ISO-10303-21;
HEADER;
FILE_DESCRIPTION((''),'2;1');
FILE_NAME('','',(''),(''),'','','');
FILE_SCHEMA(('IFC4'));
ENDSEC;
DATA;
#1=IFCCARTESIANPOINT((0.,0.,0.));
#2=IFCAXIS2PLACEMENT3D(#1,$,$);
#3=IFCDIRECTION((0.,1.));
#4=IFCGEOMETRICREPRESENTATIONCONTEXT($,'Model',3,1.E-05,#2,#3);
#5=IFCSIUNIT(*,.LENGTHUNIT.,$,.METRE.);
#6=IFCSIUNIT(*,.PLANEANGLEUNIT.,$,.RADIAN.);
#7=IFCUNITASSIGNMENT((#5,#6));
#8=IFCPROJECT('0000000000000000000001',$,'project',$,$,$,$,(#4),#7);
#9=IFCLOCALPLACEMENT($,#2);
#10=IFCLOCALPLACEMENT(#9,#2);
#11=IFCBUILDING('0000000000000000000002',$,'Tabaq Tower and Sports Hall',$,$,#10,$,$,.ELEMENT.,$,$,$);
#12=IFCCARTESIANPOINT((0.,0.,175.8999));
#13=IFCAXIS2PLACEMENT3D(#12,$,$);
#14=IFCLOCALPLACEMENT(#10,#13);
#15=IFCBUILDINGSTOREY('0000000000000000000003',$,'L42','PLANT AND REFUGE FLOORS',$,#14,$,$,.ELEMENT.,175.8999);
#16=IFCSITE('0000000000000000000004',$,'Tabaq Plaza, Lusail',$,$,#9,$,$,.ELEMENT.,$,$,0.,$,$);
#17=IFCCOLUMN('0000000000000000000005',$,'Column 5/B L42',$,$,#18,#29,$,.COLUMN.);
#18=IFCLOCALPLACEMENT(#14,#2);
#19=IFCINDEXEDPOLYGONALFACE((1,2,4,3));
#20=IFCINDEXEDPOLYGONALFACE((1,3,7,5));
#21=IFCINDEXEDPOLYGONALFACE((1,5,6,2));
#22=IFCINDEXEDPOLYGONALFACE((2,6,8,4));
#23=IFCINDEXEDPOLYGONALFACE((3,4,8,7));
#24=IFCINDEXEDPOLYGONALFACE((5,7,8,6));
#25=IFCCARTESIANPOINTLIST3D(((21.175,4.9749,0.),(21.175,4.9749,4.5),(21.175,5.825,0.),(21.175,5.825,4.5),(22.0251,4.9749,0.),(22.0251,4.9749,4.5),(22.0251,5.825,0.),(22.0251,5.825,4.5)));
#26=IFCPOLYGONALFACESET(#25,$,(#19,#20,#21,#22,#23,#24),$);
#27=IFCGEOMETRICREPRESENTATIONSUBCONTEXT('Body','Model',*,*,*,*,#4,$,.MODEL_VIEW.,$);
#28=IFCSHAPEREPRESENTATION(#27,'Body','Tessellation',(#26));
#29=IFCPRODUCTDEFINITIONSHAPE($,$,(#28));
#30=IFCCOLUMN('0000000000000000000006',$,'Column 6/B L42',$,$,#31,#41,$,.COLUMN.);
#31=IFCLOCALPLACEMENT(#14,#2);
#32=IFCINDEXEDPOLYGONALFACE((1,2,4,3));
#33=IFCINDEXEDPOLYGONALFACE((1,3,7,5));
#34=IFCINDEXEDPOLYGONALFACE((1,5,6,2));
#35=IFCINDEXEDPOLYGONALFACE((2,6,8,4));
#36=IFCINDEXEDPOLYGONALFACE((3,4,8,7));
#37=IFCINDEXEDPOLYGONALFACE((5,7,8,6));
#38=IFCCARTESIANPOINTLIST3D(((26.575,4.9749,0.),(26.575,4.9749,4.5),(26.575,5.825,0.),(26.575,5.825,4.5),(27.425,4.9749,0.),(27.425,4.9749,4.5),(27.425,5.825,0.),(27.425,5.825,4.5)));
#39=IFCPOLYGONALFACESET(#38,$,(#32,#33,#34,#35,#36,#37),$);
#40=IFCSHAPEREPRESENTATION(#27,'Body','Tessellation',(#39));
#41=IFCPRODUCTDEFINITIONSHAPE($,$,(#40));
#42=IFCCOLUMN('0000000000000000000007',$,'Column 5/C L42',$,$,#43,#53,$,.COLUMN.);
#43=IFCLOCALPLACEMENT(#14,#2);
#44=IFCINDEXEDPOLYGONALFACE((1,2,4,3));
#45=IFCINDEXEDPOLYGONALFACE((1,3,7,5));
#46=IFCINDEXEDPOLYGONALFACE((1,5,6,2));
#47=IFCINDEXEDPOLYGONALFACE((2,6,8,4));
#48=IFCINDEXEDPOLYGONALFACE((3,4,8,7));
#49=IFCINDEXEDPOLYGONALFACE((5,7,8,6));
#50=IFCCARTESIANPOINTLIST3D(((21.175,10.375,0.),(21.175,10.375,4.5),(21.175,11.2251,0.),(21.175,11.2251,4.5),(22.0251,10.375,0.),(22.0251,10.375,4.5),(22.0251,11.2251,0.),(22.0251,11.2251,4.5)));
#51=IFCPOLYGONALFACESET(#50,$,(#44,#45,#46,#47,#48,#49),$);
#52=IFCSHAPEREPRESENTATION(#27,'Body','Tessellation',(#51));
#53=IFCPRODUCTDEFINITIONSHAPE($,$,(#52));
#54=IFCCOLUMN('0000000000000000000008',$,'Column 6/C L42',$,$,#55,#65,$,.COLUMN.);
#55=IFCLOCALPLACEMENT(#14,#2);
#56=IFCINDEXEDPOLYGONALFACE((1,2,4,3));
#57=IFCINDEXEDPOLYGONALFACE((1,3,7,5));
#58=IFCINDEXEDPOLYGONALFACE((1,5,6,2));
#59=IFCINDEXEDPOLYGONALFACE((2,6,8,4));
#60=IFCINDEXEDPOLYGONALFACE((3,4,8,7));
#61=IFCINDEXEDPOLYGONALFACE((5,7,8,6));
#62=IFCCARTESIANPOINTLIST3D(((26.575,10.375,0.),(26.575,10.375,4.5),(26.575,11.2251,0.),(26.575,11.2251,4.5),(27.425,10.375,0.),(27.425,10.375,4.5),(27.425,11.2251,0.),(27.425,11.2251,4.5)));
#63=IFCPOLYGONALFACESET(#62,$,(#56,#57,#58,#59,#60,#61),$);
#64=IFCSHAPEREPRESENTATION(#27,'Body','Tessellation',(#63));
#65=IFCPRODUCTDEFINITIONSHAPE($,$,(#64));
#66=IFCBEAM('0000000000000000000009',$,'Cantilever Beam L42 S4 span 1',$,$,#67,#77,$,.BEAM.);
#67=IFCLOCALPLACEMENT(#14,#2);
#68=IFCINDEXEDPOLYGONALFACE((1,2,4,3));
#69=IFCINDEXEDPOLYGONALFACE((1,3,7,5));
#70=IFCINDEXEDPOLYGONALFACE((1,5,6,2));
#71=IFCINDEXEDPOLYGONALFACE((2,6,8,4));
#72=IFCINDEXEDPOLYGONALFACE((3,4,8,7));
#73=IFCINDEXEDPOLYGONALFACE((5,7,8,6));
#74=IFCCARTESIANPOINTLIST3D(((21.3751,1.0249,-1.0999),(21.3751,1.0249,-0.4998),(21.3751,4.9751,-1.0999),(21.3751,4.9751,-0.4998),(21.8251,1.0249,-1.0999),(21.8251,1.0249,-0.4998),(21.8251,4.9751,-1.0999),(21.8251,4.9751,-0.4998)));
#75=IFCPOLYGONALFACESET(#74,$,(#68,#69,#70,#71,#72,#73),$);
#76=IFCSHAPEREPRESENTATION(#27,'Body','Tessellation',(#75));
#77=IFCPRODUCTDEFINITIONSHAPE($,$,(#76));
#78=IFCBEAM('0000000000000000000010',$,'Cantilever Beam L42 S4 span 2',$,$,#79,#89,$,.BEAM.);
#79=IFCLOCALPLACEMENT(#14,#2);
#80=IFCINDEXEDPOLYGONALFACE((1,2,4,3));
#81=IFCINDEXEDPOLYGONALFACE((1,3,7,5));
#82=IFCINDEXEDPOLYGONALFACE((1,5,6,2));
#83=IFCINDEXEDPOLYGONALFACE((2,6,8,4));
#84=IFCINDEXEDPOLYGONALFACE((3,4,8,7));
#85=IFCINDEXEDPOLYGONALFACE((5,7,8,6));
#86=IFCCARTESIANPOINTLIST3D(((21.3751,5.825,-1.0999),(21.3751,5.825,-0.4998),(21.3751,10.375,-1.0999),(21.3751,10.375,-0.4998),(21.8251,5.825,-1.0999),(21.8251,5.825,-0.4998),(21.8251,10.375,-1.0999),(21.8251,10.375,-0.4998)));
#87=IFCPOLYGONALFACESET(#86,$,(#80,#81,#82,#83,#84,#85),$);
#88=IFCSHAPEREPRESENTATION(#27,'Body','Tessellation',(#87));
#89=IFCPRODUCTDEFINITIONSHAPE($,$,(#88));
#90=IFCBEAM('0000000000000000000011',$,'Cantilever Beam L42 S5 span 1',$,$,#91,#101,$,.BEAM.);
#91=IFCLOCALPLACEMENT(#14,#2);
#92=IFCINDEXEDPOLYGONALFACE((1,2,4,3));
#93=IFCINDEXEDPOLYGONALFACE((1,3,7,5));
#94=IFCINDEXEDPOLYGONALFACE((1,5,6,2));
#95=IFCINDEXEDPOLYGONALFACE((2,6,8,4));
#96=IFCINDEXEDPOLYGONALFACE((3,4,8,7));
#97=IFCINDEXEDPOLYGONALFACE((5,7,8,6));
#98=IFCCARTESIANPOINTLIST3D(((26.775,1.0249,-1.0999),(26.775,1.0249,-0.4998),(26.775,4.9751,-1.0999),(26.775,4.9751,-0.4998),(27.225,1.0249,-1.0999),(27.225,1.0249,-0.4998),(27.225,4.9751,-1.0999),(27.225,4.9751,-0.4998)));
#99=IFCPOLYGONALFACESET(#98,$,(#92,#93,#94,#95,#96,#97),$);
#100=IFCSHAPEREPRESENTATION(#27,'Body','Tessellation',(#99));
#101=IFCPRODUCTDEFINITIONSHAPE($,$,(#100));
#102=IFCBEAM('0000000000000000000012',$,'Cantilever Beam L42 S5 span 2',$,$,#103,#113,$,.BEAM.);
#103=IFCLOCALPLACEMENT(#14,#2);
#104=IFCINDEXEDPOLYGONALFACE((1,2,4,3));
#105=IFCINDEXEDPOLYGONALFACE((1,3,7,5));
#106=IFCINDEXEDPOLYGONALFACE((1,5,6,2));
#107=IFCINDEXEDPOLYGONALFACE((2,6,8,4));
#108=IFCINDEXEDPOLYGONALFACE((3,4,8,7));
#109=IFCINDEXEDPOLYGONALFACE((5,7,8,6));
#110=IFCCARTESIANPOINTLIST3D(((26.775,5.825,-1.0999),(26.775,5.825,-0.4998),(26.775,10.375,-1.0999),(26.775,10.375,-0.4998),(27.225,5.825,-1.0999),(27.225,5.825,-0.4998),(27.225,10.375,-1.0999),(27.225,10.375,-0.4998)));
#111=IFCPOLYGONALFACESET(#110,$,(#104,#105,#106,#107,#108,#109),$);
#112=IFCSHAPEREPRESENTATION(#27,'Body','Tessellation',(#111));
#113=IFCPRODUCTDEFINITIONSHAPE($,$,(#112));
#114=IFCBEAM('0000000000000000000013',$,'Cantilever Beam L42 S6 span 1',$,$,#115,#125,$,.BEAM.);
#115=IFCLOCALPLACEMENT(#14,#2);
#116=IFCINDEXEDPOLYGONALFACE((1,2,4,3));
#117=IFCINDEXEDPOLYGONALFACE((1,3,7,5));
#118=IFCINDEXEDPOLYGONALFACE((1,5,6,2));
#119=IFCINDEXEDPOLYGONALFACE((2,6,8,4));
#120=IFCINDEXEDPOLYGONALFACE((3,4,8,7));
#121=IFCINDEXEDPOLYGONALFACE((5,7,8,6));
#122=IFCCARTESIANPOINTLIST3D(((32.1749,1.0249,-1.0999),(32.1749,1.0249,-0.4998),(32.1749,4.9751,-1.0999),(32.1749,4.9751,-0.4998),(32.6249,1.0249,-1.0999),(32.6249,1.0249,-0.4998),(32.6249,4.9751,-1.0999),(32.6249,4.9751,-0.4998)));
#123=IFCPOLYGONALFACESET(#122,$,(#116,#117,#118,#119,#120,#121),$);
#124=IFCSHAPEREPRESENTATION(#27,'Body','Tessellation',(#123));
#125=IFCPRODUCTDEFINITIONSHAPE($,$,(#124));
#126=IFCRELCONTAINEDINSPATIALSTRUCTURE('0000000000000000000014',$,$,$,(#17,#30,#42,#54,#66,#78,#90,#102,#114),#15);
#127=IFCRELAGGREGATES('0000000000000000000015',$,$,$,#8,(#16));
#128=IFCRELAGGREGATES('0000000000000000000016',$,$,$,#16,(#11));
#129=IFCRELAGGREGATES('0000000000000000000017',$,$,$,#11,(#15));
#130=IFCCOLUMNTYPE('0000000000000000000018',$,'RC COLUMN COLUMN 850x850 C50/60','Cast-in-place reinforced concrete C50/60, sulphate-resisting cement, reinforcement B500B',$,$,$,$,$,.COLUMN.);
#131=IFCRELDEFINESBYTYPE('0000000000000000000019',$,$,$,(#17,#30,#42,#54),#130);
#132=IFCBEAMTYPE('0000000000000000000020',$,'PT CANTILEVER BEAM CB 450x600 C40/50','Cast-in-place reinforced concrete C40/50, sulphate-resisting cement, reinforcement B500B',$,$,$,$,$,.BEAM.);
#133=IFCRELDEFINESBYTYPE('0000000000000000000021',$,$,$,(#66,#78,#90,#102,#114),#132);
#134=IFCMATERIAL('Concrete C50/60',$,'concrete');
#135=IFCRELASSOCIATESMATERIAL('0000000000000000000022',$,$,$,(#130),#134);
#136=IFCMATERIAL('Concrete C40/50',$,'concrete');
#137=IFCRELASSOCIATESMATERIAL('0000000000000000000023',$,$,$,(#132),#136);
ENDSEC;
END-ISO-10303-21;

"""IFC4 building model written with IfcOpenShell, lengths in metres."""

from ifc_helpers import new_model, si_unit, direction, frame, origin, origin_2d, place, context, subcontext, project, spatial, rectangle, extrude, material, material_profile, profile_set, type_object, element, save


model = new_model("IFC4")

# Units and contexts
model_context = context("Model", 3, precision=1e-05, world=origin(), true_north=direction((0.0, 1.0)))
body_context = subcontext(model_context, "Body", "Model", "MODEL_VIEW")
ifc_project = project(units=[si_unit("LENGTHUNIT", "METRE"), si_unit("PLANEANGLEUNIT", "RADIAN")], contexts=[model_context])

# Site, building, storey
site_placement = place(None, origin())
site = spatial("IfcSite", under=ifc_project, at=site_placement, Name="Tabaq Plaza, Lusail", CompositionType="ELEMENT", RefElevation=0.0)
building_placement = place(site_placement, origin())
building = spatial("IfcBuilding", under=site, at=building_placement, Name="Tabaq Tower and Sports Hall", CompositionType="ELEMENT")
storey_placement = place(building_placement, frame((0.0, 0.0, 175.8999)))
storey = spatial("IfcBuildingStorey", under=building, at=storey_placement, Name="L42", Description="PLANT AND REFUGE FLOORS", CompositionType="ELEMENT", Elevation=175.8999)

# Columns
ifc_material_1 = material(Name="Concrete C50/60", Category="concrete")
ifc_material_profile_1 = material_profile(ifc_material_1, rectangle(XDim=0.8501, YDim=0.8501, at=origin_2d()), Name="COLUMN 850x850")
ifc_profile_set_1 = profile_set([ifc_material_profile_1], Name="Concrete C50/60")
column_type = type_object("IfcColumnType", Name="RC COLUMN COLUMN 850x850 C50/60", Description="Cast-in-place reinforced concrete C50/60, sulphate-resisting cement, reinforcement B500B", PredefinedType="COLUMN", material=ifc_profile_set_1)
for number, where, z_axis, x_axis, name in (
    (1, (21.6001, 5.3999, 0.0), (0.0, 0.0, 1.0), (1.0, 0.0, 0.0), "Column 5/B L42"),
    (2, (27.0, 5.3999, 0.0), (0.0, 0.0, 1.0), (1.0, 0.0, 0.0), "Column 6/B L42"),
    (3, (21.6001, 10.8, 0.0), (0.0, 0.0, 1.0), (1.0, 0.0, 0.0), "Column 5/C L42"),
    (4, (27.0, 10.8, 0.0), (0.0, 0.0, 1.0), (1.0, 0.0, 0.0), "Column 6/C L42"),
):
    element("IfcColumn", number, at=place(storey_placement, frame(where, z_axis=z_axis, x_axis=x_axis)), inside=storey, type_object=column_type, Name=name, PredefinedType="COLUMN", context=body_context, shape_type="SweptSolid", body=[
        extrude(rectangle(XDim=0.8501, YDim=0.8501, at=origin_2d()), origin(), (0.0, 0.0, 1.0), 4.5),
    ])

# Beams
ifc_material_2 = material(Name="Concrete C40/50", Category="concrete")
ifc_material_profile_2 = material_profile(ifc_material_2, rectangle(XDim=0.45, YDim=0.6001, at=origin_2d()), Name="CB 450x600")
ifc_profile_set_2 = profile_set([ifc_material_profile_2], Name="Concrete C40/50")
beam_type = type_object("IfcBeamType", Name="PT CANTILEVER BEAM CB 450x600 C40/50", Description="Cast-in-place reinforced concrete C40/50, sulphate-resisting cement, reinforcement B500B", PredefinedType="BEAM", material=ifc_profile_set_2)
beam_1_placement = place(storey_placement, frame((21.6001, 1.0249, -0.7998), z_axis=(0.0, 1.0, 0.0), x_axis=(-1.0, 0.0, 0.0)))
element("IfcBeam", 5, at=beam_1_placement, inside=storey, type_object=beam_type, Name="Cantilever Beam L42 S4 span 1", PredefinedType="BEAM", context=body_context, shape_type="SweptSolid", body=[
    extrude(rectangle(XDim=0.45, YDim=0.6001, at=origin_2d()), origin(), (0.0, 0.0, 1.0), 3.9502),
])
beam_2_placement = place(storey_placement, frame((21.6001, 5.825, -0.7998), z_axis=(0.0, 1.0, 0.0), x_axis=(-1.0, 0.0, 0.0)))
element("IfcBeam", 6, at=beam_2_placement, inside=storey, type_object=beam_type, Name="Cantilever Beam L42 S4 span 2", PredefinedType="BEAM", context=body_context, shape_type="SweptSolid", body=[
    extrude(rectangle(XDim=0.45, YDim=0.6001, at=origin_2d()), origin(), (0.0, 0.0, 1.0), 4.55),
])
beam_3_placement = place(storey_placement, frame((27.0, 1.0249, -0.7998), z_axis=(0.0, 1.0, 0.0), x_axis=(-1.0, 0.0, 0.0)))
element("IfcBeam", 7, at=beam_3_placement, inside=storey, type_object=beam_type, Name="Cantilever Beam L42 S5 span 1", PredefinedType="BEAM", context=body_context, shape_type="SweptSolid", body=[
    extrude(rectangle(XDim=0.45, YDim=0.6001, at=origin_2d()), origin(), (0.0, 0.0, 1.0), 3.9502),
])
beam_4_placement = place(storey_placement, frame((27.0, 5.825, -0.7998), z_axis=(0.0, 1.0, 0.0), x_axis=(-1.0, 0.0, 0.0)))
element("IfcBeam", 8, at=beam_4_placement, inside=storey, type_object=beam_type, Name="Cantilever Beam L42 S5 span 2", PredefinedType="BEAM", context=body_context, shape_type="SweptSolid", body=[
    extrude(rectangle(XDim=0.45, YDim=0.6001, at=origin_2d()), origin(), (0.0, 0.0, 1.0), 4.55),
])
beam_5_placement = place(storey_placement, frame((32.3999, 1.0249, -0.7998), z_axis=(0.0, 1.0, 0.0), x_axis=(-1.0, 0.0, 0.0)))
element("IfcBeam", 9, at=beam_5_placement, inside=storey, type_object=beam_type, Name="Cantilever Beam L42 S6 span 1", PredefinedType="BEAM", context=body_context, shape_type="SweptSolid", body=[
    extrude(rectangle(XDim=0.45, YDim=0.6001, at=origin_2d()), origin(), (0.0, 0.0, 1.0), 3.9502),
])

save(model, "model.ifc")
